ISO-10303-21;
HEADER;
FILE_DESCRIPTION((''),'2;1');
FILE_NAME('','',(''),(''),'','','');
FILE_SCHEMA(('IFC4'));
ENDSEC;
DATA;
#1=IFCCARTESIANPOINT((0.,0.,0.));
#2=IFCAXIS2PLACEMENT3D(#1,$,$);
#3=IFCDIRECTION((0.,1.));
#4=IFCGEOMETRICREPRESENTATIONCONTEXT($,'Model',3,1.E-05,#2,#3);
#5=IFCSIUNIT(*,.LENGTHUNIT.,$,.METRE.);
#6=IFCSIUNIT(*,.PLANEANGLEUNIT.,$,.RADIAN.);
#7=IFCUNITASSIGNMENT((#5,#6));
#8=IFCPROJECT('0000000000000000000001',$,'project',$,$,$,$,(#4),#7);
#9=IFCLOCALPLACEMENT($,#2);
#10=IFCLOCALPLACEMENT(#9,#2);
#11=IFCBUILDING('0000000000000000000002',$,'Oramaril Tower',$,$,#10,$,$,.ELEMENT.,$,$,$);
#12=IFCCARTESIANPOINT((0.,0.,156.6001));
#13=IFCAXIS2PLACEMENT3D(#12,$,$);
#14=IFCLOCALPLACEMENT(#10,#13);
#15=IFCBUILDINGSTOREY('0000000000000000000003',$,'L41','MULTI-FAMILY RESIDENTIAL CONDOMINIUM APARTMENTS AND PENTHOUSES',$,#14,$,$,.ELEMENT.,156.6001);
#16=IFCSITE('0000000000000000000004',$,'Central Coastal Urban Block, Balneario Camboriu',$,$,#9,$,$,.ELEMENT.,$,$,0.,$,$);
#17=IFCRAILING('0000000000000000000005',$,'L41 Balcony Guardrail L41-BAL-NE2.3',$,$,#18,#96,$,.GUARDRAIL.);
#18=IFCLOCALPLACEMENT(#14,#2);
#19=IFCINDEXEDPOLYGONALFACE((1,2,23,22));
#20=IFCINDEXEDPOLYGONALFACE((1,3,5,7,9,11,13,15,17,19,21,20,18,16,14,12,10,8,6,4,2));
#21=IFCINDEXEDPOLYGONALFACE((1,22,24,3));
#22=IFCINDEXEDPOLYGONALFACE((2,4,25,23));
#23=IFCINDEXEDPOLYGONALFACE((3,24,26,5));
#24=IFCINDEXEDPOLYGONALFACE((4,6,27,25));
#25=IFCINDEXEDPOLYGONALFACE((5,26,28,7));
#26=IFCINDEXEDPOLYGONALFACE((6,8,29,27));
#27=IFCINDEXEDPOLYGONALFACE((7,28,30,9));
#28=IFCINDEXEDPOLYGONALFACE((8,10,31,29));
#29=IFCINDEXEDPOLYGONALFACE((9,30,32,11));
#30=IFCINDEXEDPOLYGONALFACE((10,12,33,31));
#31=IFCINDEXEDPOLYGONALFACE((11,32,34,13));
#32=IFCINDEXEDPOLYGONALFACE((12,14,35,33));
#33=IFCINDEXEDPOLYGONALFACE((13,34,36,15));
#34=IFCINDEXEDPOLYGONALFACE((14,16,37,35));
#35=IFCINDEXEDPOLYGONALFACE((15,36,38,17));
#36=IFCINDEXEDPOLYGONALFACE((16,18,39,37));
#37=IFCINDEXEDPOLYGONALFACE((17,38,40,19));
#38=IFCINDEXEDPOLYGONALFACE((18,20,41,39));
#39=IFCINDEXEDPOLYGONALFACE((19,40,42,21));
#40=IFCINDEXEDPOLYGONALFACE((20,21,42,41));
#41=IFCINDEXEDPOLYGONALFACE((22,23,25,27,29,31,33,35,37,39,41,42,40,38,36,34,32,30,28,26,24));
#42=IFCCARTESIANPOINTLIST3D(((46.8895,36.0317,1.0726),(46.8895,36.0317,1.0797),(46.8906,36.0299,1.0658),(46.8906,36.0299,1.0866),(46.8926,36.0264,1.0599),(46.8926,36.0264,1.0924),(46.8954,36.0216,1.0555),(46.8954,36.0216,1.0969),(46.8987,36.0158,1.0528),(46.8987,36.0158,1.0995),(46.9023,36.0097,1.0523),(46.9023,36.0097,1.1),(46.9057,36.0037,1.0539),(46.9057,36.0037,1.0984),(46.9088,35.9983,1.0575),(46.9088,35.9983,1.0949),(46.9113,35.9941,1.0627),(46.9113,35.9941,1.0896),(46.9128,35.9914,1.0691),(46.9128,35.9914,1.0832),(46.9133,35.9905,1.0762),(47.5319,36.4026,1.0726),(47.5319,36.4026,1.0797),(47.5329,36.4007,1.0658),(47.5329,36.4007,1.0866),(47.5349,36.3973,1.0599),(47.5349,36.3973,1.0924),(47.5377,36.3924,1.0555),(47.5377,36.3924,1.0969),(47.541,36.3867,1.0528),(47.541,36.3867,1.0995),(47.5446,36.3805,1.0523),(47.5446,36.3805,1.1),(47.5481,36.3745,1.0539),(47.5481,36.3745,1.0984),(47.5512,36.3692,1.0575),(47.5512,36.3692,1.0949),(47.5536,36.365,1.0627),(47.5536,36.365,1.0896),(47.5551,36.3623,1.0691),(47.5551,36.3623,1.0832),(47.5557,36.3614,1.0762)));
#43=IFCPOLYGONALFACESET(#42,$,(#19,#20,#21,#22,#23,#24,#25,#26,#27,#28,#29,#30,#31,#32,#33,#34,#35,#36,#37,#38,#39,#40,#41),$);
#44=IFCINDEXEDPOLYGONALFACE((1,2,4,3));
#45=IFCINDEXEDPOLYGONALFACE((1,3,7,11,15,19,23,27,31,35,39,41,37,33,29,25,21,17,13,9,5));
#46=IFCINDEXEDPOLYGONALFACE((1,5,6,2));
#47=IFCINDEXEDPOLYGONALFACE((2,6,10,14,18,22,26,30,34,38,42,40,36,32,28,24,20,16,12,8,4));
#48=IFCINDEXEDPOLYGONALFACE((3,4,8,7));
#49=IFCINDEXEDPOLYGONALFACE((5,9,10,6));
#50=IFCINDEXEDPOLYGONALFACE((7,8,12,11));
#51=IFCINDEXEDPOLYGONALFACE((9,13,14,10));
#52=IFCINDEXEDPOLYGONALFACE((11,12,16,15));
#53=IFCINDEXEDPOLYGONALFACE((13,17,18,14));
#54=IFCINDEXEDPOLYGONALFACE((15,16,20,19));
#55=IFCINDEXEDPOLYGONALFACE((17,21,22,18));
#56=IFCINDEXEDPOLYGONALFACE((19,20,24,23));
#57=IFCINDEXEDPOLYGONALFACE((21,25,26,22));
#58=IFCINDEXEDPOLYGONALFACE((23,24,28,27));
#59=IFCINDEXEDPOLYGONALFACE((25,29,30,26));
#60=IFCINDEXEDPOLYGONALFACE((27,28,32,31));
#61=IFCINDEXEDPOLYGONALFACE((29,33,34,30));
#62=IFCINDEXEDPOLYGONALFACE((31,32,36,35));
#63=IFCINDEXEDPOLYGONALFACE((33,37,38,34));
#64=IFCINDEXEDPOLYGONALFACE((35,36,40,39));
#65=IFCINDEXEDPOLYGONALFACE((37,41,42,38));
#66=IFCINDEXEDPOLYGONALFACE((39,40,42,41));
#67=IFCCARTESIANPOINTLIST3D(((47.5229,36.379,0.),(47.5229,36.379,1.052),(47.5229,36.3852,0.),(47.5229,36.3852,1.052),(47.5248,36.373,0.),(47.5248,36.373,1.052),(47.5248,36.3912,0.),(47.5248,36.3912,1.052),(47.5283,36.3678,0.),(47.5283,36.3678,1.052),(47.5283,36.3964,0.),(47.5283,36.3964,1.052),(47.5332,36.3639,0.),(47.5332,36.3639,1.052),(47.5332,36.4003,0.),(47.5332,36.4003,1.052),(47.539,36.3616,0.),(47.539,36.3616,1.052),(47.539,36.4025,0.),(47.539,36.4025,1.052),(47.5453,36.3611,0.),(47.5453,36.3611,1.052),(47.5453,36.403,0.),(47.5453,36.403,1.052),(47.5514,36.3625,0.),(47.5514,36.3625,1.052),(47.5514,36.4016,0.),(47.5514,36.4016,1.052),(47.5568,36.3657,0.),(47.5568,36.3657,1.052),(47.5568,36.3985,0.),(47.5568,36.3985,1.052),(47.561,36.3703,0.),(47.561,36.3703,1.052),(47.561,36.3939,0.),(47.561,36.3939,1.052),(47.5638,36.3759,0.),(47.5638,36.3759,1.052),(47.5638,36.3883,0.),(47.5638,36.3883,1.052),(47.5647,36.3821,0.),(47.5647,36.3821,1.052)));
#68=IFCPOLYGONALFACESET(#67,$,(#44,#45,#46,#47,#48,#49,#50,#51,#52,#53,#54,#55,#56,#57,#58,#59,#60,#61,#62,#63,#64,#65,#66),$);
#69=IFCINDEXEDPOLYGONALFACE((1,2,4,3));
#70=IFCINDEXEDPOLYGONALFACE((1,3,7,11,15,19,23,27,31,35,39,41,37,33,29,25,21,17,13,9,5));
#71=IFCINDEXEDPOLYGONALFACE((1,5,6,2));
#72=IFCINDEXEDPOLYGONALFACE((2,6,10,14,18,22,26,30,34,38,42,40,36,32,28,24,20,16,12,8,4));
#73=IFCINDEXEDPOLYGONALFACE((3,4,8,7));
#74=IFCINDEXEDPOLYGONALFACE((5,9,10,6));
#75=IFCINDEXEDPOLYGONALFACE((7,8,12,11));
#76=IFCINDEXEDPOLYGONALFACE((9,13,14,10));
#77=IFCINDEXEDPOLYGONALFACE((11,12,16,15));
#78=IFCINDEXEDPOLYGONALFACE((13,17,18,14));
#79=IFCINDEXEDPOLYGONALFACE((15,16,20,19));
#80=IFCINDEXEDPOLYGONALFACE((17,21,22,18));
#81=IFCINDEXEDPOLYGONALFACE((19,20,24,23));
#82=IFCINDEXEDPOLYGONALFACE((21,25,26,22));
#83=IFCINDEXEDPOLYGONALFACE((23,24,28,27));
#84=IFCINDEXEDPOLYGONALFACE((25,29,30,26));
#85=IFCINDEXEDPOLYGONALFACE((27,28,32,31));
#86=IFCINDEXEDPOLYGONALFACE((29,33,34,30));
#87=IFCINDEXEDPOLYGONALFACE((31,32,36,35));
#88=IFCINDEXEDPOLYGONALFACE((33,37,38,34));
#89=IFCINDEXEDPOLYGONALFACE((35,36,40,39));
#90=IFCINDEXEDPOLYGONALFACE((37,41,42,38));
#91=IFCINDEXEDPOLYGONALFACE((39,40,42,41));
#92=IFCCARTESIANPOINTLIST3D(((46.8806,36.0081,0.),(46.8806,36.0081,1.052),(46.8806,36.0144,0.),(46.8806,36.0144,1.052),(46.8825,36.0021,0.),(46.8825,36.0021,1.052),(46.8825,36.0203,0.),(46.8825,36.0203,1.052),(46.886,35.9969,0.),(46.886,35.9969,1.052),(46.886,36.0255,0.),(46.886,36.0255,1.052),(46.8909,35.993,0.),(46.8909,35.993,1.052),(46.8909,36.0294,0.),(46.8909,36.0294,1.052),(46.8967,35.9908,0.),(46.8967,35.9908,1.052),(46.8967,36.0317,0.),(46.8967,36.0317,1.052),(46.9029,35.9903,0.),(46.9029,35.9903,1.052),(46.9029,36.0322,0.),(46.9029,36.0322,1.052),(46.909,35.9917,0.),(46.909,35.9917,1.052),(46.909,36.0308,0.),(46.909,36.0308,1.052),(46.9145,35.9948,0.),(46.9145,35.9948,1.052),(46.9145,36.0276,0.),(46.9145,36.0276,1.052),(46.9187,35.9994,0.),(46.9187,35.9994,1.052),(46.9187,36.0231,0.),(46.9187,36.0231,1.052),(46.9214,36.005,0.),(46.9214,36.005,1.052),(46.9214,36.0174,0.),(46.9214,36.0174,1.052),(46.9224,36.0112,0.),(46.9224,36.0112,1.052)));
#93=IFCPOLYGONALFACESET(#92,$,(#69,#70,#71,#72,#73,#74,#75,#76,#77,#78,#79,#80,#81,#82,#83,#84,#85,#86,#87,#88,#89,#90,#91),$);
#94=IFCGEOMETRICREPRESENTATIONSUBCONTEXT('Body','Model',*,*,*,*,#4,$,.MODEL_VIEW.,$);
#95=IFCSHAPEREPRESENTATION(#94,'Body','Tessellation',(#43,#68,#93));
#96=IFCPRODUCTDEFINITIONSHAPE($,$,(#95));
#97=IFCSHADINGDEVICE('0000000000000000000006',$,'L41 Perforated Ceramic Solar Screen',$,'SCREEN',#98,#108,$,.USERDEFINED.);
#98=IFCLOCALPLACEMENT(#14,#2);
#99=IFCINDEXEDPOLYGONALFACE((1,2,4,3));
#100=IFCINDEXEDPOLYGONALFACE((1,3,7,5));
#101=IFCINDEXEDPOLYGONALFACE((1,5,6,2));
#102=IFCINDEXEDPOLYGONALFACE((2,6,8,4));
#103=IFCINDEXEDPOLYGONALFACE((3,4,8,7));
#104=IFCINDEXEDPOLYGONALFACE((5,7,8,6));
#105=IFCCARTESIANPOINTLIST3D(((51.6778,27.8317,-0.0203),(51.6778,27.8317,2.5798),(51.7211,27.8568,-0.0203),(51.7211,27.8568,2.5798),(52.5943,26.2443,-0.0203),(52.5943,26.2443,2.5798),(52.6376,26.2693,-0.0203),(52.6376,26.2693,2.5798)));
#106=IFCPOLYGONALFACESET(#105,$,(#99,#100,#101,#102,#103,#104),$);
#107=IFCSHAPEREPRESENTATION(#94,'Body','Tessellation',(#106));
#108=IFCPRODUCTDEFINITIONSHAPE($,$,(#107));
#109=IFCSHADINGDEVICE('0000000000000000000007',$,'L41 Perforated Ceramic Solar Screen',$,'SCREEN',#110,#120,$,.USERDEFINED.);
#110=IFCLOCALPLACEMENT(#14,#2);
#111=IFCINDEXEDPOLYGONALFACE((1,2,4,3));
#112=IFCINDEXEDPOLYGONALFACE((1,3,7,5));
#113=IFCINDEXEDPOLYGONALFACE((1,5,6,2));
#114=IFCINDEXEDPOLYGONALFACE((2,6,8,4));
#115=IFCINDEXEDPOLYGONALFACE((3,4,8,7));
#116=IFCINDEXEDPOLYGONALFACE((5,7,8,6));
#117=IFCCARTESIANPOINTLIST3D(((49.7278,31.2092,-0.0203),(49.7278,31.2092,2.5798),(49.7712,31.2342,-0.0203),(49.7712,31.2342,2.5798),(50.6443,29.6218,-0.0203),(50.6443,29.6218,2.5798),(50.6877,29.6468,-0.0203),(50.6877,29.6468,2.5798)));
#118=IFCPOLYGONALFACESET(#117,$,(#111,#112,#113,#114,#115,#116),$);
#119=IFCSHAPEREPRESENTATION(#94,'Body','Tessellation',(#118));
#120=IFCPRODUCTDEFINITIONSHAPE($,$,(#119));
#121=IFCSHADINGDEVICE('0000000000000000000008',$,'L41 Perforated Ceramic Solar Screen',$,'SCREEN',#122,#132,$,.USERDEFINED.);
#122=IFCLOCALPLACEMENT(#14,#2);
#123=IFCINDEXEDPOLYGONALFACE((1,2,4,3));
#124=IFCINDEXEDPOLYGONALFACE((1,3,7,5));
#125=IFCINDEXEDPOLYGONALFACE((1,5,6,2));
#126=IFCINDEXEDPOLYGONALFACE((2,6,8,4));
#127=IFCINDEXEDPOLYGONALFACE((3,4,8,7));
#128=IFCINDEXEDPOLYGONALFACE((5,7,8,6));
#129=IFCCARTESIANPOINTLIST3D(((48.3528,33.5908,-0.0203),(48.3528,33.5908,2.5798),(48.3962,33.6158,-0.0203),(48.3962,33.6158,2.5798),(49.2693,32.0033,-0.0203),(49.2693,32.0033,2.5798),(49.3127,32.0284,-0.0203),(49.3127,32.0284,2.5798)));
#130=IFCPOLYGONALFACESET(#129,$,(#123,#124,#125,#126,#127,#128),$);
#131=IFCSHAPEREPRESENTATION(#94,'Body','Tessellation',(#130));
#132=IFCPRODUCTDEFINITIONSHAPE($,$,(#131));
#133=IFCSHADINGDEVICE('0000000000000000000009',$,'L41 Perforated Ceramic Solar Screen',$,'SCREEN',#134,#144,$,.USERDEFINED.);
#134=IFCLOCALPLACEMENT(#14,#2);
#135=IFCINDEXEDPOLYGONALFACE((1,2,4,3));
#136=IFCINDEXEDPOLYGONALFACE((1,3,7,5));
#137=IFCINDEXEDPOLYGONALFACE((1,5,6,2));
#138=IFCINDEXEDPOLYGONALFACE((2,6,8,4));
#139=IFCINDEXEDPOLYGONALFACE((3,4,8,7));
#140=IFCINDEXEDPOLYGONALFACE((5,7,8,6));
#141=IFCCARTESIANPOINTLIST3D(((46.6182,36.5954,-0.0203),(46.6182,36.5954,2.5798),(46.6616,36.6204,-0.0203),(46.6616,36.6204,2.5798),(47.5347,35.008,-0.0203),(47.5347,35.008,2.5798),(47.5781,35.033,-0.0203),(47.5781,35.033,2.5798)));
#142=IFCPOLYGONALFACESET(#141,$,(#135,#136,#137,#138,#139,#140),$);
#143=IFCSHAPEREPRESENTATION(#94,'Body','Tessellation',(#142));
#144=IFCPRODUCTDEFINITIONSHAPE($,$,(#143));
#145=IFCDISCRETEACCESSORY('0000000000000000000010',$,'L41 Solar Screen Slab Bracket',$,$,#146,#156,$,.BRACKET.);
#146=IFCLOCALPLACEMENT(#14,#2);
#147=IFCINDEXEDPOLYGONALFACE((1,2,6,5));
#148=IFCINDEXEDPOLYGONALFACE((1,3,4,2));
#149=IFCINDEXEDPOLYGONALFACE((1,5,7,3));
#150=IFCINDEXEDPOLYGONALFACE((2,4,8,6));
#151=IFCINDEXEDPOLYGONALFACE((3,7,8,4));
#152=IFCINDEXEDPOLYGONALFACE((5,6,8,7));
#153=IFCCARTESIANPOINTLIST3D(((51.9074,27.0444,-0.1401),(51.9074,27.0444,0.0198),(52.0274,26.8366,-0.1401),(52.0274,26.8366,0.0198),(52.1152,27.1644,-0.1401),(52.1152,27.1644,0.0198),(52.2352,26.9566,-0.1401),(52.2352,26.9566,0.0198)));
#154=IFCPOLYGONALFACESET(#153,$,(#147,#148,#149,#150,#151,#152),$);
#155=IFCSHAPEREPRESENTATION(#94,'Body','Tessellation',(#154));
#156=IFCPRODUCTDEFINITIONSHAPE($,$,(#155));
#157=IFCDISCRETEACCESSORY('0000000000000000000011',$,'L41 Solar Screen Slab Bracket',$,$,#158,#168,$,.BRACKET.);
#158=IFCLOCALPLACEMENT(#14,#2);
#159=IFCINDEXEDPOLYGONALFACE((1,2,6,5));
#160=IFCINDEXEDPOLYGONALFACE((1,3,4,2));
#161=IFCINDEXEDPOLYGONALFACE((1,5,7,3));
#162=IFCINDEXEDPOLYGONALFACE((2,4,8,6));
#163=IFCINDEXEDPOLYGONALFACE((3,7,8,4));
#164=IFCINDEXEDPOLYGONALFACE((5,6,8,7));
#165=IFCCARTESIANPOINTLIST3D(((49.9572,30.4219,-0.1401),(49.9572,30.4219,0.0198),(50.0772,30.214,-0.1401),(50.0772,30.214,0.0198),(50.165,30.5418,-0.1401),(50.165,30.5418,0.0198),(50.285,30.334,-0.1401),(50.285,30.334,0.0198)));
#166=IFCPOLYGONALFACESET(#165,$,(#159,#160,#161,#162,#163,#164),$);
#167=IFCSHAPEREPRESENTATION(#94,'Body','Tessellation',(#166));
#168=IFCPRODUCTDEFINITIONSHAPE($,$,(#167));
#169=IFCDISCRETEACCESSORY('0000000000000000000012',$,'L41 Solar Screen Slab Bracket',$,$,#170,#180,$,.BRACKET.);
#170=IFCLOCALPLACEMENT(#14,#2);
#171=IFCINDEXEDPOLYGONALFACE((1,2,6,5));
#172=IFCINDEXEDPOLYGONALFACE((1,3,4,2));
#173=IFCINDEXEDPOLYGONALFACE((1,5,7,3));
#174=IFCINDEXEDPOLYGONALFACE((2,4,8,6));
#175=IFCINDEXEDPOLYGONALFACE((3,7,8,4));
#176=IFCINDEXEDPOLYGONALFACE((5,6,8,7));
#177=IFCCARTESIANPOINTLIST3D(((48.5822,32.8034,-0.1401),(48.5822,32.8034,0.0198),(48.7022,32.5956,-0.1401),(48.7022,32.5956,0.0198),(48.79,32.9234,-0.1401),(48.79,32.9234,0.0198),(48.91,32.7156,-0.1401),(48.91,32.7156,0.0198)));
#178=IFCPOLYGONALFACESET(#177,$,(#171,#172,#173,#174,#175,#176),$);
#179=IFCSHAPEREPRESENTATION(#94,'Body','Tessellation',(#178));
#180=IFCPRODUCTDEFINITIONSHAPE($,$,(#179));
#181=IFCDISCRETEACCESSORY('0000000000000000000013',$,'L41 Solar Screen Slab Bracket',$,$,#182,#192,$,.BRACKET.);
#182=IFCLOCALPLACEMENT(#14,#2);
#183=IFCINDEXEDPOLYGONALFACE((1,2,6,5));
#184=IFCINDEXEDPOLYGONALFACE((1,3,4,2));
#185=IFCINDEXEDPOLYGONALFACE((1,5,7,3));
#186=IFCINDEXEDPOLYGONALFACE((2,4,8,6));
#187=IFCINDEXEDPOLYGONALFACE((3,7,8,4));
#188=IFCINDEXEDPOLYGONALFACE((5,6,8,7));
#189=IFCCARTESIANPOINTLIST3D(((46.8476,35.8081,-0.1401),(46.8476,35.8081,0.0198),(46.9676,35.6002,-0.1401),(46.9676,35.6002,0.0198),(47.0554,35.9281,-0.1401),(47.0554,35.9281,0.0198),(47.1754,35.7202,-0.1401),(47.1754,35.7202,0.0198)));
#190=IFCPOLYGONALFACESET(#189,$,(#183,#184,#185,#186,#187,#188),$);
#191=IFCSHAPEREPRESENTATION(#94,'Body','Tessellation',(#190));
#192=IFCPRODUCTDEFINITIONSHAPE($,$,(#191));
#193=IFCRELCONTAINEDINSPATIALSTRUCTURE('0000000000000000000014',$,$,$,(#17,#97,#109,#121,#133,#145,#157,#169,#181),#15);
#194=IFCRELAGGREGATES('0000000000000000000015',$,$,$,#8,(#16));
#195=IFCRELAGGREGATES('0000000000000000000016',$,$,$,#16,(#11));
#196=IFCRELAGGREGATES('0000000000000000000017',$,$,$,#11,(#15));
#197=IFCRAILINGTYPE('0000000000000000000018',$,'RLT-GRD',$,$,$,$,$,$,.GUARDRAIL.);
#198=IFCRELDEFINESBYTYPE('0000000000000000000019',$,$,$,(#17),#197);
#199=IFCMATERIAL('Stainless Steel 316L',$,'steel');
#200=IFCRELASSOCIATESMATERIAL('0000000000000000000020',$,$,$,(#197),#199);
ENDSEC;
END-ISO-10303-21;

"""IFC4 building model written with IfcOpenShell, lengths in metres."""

from ifc_helpers import new_model, si_unit, direction, frame, origin, origin_2d, place, context, subcontext, project, spatial, rectangle, circle, extrude, material, type_object, element, save


model = new_model("IFC4")

# Units and contexts
model_context = context("Model", 3, precision=1e-05, world=origin(), true_north=direction((0.0, 1.0)))
body_context = subcontext(model_context, "Body", "Model", "MODEL_VIEW")
ifc_project = project(units=[si_unit("LENGTHUNIT", "METRE"), si_unit("PLANEANGLEUNIT", "RADIAN")], contexts=[model_context])

# Site, building, storey
site_placement = place(None, origin())
site = spatial("IfcSite", under=ifc_project, at=site_placement, Name="Central Coastal Urban Block, Balneario Camboriu", CompositionType="ELEMENT", RefElevation=0.0)
building_placement = place(site_placement, origin())
building = spatial("IfcBuilding", under=site, at=building_placement, Name="Oramaril Tower", CompositionType="ELEMENT")
storey_placement = place(building_placement, frame((0.0, 0.0, 156.6001)))
storey = spatial("IfcBuildingStorey", under=building, at=storey_placement, Name="L41", Description="MULTI-FAMILY RESIDENTIAL CONDOMINIUM APARTMENTS AND PENTHOUSES", CompositionType="ELEMENT", Elevation=156.6001)

# Railing
ifc_material_1 = material(Name="Stainless Steel 316L", Category="steel")
railing_type = type_object("IfcRailingType", Name="RLT-GRD", PredefinedType="GUARDRAIL", material=ifc_material_1)
railing_1_placement = place(storey_placement, frame((47.5437, 36.3821, 0.0)))
element("IfcRailing", 1, at=railing_1_placement, inside=storey, type_object=railing_type, Name="L41 Balcony Guardrail L41-BAL-NE2.3", PredefinedType="GUARDRAIL", context=body_context, shape_type="SweptSolid", body=[
    extrude(circle(Radius=0.0239, at=origin_2d()), frame((0.0, 0.0, 1.0762), z_axis=(-0.866027, -0.499998, 0.0), x_axis=(0.499998, -0.866027, 0.0)), (0.0, 0.0, 1.0), 0.7417),
    extrude(circle(Radius=0.021, at=origin_2d()), origin(), (0.0, 0.0, 1.0), 1.052),
    extrude(circle(Radius=0.021, at=origin_2d()), frame((-0.6423, -0.3708, 0.0)), (0.0, 0.0, 1.0), 1.052),
])

# Shading devices
for number, where, z_axis, x_axis, name in (
    (2, (52.1577, 27.0505, -0.0203), (0.0, 0.0, 1.0), (-0.5, 0.866025, 0.0), "L41 Perforated Ceramic Solar Screen"),
    (3, (50.2078, 30.428, -0.0203), (0.0, 0.0, 1.0), (-0.5, 0.866025, 0.0), "L41 Perforated Ceramic Solar Screen"),
    (4, (48.8328, 32.8096, -0.0203), (0.0, 0.0, 1.0), (-0.5, 0.866025, 0.0), "L41 Perforated Ceramic Solar Screen"),
    (5, (47.0981, 35.8142, -0.0203), (0.0, 0.0, 1.0), (-0.5, 0.866025, 0.0), "L41 Perforated Ceramic Solar Screen"),
):
    element("IfcShadingDevice", number, at=place(storey_placement, frame(where, z_axis=z_axis, x_axis=x_axis)), inside=storey, Name=name, ObjectType="SCREEN", PredefinedType="USERDEFINED", context=body_context, shape_type="SweptSolid", body=[
        extrude(rectangle(XDim=1.833, YDim=0.05, at=origin_2d()), origin(), (0.0, 0.0, 1.0), 2.6001),
    ])

# Discrete accessories
for number, where, z_axis, x_axis, name in (
    (6, (52.0713, 27.0005, -0.1401), (0.0, 0.0, 1.0), (-0.5, 0.866025, 0.0), "L41 Solar Screen Slab Bracket"),
    (7, (50.1211, 30.3779, -0.1401), (0.0, 0.0, 1.0), (-0.5, 0.866025, 0.0), "L41 Solar Screen Slab Bracket"),
    (8, (48.7461, 32.7595, -0.1401), (0.0, 0.0, 1.0), (-0.5, 0.866025, 0.0), "L41 Solar Screen Slab Bracket"),
    (9, (47.0115, 35.7642, -0.1401), (0.0, 0.0, 1.0), (-0.5, 0.866025, 0.0), "L41 Solar Screen Slab Bracket"),
):
    element("IfcDiscreteAccessory", number, at=place(storey_placement, frame(where, z_axis=z_axis, x_axis=x_axis)), inside=storey, Name=name, PredefinedType="BRACKET", context=body_context, shape_type="SweptSolid", body=[
        extrude(rectangle(XDim=0.24, YDim=0.24, at=origin_2d()), origin(), (0.0, 0.0, 1.0), 0.1599),
    ])

save(model, "model.ifc")
